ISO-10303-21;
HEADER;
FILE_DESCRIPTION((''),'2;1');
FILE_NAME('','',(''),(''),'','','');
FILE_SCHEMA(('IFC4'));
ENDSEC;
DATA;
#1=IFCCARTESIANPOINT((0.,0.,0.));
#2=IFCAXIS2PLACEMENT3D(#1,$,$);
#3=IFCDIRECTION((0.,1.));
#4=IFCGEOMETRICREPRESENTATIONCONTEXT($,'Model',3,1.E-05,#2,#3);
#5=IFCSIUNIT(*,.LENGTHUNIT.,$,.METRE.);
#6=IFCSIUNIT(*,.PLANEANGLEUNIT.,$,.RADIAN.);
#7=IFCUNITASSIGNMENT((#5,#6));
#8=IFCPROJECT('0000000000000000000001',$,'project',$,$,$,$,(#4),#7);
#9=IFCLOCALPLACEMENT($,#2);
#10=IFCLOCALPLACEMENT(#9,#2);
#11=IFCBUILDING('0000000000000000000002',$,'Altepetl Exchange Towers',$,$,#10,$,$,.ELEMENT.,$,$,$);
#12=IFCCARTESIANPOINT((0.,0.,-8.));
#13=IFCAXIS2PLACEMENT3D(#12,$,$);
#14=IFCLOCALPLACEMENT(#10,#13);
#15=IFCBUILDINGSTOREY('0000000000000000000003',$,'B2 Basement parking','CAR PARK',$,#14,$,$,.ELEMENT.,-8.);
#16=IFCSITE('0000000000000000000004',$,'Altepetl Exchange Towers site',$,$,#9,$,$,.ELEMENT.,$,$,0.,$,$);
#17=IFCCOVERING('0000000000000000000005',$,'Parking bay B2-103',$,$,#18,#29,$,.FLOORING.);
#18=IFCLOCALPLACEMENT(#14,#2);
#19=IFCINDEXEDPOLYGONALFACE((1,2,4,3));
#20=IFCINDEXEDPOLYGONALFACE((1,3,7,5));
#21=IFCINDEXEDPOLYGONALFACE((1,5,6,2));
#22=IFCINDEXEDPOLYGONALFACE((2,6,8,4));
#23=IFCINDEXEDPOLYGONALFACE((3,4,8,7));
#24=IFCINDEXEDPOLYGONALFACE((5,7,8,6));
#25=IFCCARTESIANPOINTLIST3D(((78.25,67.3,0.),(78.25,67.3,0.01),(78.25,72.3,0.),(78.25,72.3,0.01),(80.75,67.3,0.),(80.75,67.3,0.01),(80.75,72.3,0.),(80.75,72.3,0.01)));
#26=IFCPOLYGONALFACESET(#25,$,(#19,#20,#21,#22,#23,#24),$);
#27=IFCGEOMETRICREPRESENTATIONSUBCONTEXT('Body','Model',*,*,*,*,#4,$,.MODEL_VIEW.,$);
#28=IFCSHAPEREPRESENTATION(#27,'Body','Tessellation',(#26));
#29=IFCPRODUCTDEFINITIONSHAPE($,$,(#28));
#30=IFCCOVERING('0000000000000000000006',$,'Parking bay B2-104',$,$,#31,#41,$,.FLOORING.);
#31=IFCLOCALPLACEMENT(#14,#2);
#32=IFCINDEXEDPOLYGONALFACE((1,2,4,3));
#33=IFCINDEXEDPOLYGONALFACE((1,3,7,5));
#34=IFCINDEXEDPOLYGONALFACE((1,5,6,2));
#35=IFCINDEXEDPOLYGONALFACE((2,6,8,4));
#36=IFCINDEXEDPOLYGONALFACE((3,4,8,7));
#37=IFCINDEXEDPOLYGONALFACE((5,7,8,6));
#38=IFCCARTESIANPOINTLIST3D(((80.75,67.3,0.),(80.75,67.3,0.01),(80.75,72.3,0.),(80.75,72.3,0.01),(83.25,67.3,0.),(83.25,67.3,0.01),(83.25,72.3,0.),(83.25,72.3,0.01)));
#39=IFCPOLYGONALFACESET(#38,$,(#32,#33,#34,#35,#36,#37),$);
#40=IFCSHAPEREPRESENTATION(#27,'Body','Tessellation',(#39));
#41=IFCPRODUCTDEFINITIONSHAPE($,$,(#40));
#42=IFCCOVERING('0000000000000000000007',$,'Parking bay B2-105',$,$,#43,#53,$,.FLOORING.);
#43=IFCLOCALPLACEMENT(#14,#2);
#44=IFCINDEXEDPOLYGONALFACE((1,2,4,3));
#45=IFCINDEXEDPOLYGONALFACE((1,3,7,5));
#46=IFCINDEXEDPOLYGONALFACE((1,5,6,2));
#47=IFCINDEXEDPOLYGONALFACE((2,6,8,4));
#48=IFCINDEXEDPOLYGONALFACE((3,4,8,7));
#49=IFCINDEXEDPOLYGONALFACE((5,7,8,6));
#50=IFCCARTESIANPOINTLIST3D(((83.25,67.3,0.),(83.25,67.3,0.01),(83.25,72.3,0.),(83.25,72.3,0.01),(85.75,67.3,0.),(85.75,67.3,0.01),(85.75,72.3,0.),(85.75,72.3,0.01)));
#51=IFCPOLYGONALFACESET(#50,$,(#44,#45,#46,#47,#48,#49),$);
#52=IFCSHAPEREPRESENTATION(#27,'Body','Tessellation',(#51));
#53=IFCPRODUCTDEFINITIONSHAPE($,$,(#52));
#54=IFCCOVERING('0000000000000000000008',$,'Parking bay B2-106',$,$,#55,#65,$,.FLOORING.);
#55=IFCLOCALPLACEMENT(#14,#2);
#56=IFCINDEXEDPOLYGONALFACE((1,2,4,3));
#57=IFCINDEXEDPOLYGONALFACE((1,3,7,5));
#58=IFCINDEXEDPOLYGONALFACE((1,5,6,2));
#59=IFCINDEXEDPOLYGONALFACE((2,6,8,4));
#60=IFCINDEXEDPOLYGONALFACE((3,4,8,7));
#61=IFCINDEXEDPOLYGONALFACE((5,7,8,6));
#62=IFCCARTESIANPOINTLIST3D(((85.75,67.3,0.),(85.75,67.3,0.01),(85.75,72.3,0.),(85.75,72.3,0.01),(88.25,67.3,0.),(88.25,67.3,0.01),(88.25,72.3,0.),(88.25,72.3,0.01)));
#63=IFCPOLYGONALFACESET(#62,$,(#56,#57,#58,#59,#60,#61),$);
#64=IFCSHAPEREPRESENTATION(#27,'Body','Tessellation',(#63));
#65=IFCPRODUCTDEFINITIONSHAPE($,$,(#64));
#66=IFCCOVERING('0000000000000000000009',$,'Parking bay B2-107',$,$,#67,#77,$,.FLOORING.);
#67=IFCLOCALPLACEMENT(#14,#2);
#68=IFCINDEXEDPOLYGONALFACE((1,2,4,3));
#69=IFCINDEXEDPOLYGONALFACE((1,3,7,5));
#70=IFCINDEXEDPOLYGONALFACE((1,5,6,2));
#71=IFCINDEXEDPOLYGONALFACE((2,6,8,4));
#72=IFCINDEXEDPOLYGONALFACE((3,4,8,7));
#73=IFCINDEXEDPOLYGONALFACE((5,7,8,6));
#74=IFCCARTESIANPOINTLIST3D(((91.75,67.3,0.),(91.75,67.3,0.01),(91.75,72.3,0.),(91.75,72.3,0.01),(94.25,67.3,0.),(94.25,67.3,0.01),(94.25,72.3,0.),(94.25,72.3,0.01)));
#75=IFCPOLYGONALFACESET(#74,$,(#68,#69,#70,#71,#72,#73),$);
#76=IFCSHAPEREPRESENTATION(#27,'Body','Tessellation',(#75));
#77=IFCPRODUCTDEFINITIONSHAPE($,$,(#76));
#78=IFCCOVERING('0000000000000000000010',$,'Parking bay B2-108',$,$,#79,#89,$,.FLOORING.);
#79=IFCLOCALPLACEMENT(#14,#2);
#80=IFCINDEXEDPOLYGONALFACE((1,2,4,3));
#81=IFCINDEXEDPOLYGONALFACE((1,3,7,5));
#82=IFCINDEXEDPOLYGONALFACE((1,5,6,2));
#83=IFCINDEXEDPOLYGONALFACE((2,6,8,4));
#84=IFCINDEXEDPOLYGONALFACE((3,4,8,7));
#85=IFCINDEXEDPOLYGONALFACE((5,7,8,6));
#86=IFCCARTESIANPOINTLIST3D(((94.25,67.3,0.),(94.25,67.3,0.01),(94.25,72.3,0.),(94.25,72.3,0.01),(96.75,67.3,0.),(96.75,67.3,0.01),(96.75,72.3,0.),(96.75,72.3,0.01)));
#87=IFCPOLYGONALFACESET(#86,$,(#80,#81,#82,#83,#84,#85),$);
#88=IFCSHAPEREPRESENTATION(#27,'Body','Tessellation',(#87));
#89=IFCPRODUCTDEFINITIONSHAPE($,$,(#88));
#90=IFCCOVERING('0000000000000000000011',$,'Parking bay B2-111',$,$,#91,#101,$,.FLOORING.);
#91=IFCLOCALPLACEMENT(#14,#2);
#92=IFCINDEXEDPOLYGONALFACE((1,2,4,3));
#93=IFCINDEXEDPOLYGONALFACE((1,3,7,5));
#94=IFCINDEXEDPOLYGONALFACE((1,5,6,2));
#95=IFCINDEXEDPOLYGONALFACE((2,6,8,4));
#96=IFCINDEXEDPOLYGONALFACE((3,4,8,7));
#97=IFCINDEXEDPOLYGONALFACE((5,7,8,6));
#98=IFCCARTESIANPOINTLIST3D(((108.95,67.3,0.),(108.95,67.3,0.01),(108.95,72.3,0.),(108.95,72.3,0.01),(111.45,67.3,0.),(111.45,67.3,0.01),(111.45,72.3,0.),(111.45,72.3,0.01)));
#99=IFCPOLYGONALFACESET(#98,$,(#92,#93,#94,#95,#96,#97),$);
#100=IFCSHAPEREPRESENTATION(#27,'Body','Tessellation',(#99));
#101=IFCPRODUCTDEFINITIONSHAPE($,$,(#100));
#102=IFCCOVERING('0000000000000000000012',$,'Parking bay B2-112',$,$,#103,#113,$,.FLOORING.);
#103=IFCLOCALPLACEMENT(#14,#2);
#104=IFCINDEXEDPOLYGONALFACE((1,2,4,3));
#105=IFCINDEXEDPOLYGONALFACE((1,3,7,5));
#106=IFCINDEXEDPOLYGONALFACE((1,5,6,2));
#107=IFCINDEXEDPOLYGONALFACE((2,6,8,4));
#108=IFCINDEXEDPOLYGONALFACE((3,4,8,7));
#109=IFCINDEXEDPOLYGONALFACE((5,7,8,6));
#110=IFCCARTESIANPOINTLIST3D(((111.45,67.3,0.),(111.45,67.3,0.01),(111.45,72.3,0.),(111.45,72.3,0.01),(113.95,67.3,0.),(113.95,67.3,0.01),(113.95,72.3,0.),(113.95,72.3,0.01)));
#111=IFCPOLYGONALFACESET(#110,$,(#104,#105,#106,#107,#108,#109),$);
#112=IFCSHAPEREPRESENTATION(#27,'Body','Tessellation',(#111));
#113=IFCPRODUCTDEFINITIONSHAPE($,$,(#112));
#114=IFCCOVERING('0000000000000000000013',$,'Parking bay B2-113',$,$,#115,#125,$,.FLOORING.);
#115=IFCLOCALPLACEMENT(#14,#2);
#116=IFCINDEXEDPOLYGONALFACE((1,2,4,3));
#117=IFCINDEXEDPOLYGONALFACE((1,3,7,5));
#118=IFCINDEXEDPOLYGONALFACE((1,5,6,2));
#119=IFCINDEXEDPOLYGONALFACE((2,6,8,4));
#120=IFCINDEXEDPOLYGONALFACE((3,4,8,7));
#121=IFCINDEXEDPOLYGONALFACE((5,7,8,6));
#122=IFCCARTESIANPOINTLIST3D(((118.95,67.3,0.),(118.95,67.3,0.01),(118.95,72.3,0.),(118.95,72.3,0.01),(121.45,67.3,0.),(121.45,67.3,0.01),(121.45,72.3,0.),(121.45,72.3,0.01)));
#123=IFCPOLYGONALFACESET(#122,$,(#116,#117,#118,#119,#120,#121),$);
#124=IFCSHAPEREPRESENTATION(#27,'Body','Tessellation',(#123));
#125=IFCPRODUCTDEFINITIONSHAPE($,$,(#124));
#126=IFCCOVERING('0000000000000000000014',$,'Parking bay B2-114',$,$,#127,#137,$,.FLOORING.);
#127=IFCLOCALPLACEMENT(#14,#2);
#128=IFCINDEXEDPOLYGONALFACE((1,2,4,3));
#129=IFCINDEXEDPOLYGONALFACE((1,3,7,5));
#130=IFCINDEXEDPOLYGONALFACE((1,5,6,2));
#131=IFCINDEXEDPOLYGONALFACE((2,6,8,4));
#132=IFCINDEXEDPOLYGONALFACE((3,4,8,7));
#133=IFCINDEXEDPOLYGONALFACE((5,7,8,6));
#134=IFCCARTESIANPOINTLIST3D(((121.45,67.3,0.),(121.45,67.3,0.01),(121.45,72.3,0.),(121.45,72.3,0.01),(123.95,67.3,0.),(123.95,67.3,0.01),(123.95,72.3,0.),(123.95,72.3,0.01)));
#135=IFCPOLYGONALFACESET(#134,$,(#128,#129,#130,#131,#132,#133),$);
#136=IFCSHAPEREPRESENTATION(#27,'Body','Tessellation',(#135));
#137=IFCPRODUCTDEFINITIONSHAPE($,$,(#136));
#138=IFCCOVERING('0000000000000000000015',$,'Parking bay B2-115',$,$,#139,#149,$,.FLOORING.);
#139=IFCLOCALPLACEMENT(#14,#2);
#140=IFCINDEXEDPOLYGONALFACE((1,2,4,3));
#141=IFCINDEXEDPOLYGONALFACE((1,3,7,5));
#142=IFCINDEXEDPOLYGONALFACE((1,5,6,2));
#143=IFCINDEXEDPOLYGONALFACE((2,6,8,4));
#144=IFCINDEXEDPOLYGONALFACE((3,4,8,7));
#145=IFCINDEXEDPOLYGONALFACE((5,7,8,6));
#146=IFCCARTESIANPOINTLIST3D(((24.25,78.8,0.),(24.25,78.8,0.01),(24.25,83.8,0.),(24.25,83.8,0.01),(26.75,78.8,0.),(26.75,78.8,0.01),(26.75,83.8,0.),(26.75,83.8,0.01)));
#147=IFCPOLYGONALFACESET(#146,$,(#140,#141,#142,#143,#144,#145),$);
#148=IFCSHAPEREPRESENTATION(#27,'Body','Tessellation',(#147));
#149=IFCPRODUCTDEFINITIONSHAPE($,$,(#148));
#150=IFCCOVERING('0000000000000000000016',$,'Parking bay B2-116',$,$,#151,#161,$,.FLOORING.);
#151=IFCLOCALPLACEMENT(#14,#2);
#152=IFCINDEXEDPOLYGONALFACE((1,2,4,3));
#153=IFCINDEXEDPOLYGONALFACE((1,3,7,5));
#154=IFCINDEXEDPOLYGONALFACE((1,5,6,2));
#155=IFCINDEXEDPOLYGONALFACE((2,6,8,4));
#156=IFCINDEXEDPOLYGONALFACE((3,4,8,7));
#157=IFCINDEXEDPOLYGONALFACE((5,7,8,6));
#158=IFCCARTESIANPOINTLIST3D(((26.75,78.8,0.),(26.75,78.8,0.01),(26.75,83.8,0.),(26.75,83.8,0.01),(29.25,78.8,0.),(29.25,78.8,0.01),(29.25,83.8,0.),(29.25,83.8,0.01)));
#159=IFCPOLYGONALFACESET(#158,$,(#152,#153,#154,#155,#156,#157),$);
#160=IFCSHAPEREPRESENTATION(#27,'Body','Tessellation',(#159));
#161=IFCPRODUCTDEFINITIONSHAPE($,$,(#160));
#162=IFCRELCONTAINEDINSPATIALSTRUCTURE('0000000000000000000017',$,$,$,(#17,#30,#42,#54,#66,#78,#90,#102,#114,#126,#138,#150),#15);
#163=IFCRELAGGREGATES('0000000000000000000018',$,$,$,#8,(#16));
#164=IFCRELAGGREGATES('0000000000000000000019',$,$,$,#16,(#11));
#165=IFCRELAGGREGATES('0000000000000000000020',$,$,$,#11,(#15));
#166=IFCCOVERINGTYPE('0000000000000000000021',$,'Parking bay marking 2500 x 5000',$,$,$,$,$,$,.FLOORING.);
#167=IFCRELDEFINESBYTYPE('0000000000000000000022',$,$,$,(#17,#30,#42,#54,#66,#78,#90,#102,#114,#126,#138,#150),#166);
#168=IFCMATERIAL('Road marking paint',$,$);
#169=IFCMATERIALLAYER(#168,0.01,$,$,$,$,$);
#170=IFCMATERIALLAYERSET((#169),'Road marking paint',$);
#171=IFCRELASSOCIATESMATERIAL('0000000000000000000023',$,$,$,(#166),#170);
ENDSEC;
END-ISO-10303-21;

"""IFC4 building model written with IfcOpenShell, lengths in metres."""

from ifc_helpers import new_model, si_unit, direction, frame, origin, place, context, subcontext, project, spatial, polyline, outline, extrude, material, layer, layer_set, type_object, element, save


model = new_model("IFC4")

# Units and contexts
model_context = context("Model", 3, precision=1e-05, world=origin(), true_north=direction((0.0, 1.0)))
body_context = subcontext(model_context, "Body", "Model", "MODEL_VIEW")
ifc_project = project(units=[si_unit("LENGTHUNIT", "METRE"), si_unit("PLANEANGLEUNIT", "RADIAN")], contexts=[model_context])

# Site, building, storey
site_placement = place(None, origin())
site = spatial("IfcSite", under=ifc_project, at=site_placement, Name="Altepetl Exchange Towers site", CompositionType="ELEMENT", RefElevation=0.0)
building_placement = place(site_placement, origin())
building = spatial("IfcBuilding", under=site, at=building_placement, Name="Altepetl Exchange Towers", CompositionType="ELEMENT")
storey_placement = place(building_placement, frame((0.0, 0.0, -8.0)))
storey = spatial("IfcBuildingStorey", under=building, at=storey_placement, Name="B2 Basement parking", Description="CAR PARK", CompositionType="ELEMENT", Elevation=-8.0)

# Coverings
ifc_material = material(Name="Road marking paint")
ifc_layer_1 = layer(ifc_material, 0.01)
ifc_layer_set_1 = layer_set([ifc_layer_1], Name="Road marking paint")
covering_type_1 = type_object("IfcCoveringType", Name="Parking bay marking 2500 x 5000", PredefinedType="FLOORING", material=ifc_layer_set_1)
covering_1_placement = place(storey_placement, origin())
element("IfcCovering", 1, at=covering_1_placement, inside=storey, type_object=covering_type_1, Name="Parking bay B2-103", PredefinedType="FLOORING", context=body_context, shape_type="SweptSolid", body=[
    extrude(outline(polyline([(78.25, 67.3), (80.75, 67.3), (80.75, 72.3), (78.25, 72.3), (78.25, 67.3)])), origin(), (0.0, 0.0, 1.0), 0.01),
])
covering_2_placement = place(storey_placement, origin())
element("IfcCovering", 2, at=covering_2_placement, inside=storey, type_object=covering_type_1, Name="Parking bay B2-104", PredefinedType="FLOORING", context=body_context, shape_type="SweptSolid", body=[
    extrude(outline(polyline([(80.75, 67.3), (83.25, 67.3), (83.25, 72.3), (80.75, 72.3), (80.75, 67.3)])), origin(), (0.0, 0.0, 1.0), 0.01),
])
covering_3_placement = place(storey_placement, origin())
element("IfcCovering", 3, at=covering_3_placement, inside=storey, type_object=covering_type_1, Name="Parking bay B2-105", PredefinedType="FLOORING", context=body_context, shape_type="SweptSolid", body=[
    extrude(outline(polyline([(83.25, 67.3), (85.75, 67.3), (85.75, 72.3), (83.25, 72.3), (83.25, 67.3)])), origin(), (0.0, 0.0, 1.0), 0.01),
])
covering_4_placement = place(storey_placement, origin())
element("IfcCovering", 4, at=covering_4_placement, inside=storey, type_object=covering_type_1, Name="Parking bay B2-106", PredefinedType="FLOORING", context=body_context, shape_type="SweptSolid", body=[
    extrude(outline(polyline([(85.75, 67.3), (88.25, 67.3), (88.25, 72.3), (85.75, 72.3), (85.75, 67.3)])), origin(), (0.0, 0.0, 1.0), 0.01),
])
covering_5_placement = place(storey_placement, origin())
element("IfcCovering", 5, at=covering_5_placement, inside=storey, type_object=covering_type_1, Name="Parking bay B2-107", PredefinedType="FLOORING", context=body_context, shape_type="SweptSolid", body=[
    extrude(outline(polyline([(91.75, 67.3), (94.25, 67.3), (94.25, 72.3), (91.75, 72.3), (91.75, 67.3)])), origin(), (0.0, 0.0, 1.0), 0.01),
])
covering_6_placement = place(storey_placement, origin())
element("IfcCovering", 6, at=covering_6_placement, inside=storey, type_object=covering_type_1, Name="Parking bay B2-108", PredefinedType="FLOORING", context=body_context, shape_type="SweptSolid", body=[
    extrude(outline(polyline([(94.25, 67.3), (96.75, 67.3), (96.75, 72.3), (94.25, 72.3), (94.25, 67.3)])), origin(), (0.0, 0.0, 1.0), 0.01),
])
covering_7_placement = place(storey_placement, origin())
element("IfcCovering", 7, at=covering_7_placement, inside=storey, type_object=covering_type_1, Name="Parking bay B2-111", PredefinedType="FLOORING", context=body_context, shape_type="SweptSolid", body=[
    extrude(outline(polyline([(108.95, 67.3), (111.45, 67.3), (111.45, 72.3), (108.95, 72.3), (108.95, 67.3)])), origin(), (0.0, 0.0, 1.0), 0.01),
])
covering_8_placement = place(storey_placement, origin())
element("IfcCovering", 8, at=covering_8_placement, inside=storey, type_object=covering_type_1, Name="Parking bay B2-112", PredefinedType="FLOORING", context=body_context, shape_type="SweptSolid", body=[
    extrude(outline(polyline([(111.45, 67.3), (113.95, 67.3), (113.95, 72.3), (111.45, 72.3), (111.45, 67.3)])), origin(), (0.0, 0.0, 1.0), 0.01),
])
covering_9_placement = place(storey_placement, origin())
element("IfcCovering", 9, at=covering_9_placement, inside=storey, type_object=covering_type_1, Name="Parking bay B2-113", PredefinedType="FLOORING", context=body_context, shape_type="SweptSolid", body=[
    extrude(outline(polyline([(118.95, 67.3), (121.45, 67.3), (121.45, 72.3), (118.95, 72.3), (118.95, 67.3)])), origin(), (0.0, 0.0, 1.0), 0.01),
])
covering_10_placement = place(storey_placement, origin())
element("IfcCovering", 10, at=covering_10_placement, inside=storey, type_object=covering_type_1, Name="Parking bay B2-114", PredefinedType="FLOORING", context=body_context, shape_type="SweptSolid", body=[
    extrude(outline(polyline([(121.45, 67.3), (123.95, 67.3), (123.95, 72.3), (121.45, 72.3), (121.45, 67.3)])), origin(), (0.0, 0.0, 1.0), 0.01),
])
covering_11_placement = place(storey_placement, origin())
element("IfcCovering", 11, at=covering_11_placement, inside=storey, type_object=covering_type_1, Name="Parking bay B2-115", PredefinedType="FLOORING", context=body_context, shape_type="SweptSolid", body=[
    extrude(outline(polyline([(24.25, 78.8), (26.75, 78.8), (26.75, 83.8), (24.25, 83.8), (24.25, 78.8)])), origin(), (0.0, 0.0, 1.0), 0.01),
])
covering_12_placement = place(storey_placement, origin())
element("IfcCovering", 12, at=covering_12_placement, inside=storey, type_object=covering_type_1, Name="Parking bay B2-116", PredefinedType="FLOORING", context=body_context, shape_type="SweptSolid", body=[
    extrude(outline(polyline([(26.75, 78.8), (29.25, 78.8), (29.25, 83.8), (26.75, 83.8), (26.75, 78.8)])), origin(), (0.0, 0.0, 1.0), 0.01),
])

save(model, "model.ifc")
